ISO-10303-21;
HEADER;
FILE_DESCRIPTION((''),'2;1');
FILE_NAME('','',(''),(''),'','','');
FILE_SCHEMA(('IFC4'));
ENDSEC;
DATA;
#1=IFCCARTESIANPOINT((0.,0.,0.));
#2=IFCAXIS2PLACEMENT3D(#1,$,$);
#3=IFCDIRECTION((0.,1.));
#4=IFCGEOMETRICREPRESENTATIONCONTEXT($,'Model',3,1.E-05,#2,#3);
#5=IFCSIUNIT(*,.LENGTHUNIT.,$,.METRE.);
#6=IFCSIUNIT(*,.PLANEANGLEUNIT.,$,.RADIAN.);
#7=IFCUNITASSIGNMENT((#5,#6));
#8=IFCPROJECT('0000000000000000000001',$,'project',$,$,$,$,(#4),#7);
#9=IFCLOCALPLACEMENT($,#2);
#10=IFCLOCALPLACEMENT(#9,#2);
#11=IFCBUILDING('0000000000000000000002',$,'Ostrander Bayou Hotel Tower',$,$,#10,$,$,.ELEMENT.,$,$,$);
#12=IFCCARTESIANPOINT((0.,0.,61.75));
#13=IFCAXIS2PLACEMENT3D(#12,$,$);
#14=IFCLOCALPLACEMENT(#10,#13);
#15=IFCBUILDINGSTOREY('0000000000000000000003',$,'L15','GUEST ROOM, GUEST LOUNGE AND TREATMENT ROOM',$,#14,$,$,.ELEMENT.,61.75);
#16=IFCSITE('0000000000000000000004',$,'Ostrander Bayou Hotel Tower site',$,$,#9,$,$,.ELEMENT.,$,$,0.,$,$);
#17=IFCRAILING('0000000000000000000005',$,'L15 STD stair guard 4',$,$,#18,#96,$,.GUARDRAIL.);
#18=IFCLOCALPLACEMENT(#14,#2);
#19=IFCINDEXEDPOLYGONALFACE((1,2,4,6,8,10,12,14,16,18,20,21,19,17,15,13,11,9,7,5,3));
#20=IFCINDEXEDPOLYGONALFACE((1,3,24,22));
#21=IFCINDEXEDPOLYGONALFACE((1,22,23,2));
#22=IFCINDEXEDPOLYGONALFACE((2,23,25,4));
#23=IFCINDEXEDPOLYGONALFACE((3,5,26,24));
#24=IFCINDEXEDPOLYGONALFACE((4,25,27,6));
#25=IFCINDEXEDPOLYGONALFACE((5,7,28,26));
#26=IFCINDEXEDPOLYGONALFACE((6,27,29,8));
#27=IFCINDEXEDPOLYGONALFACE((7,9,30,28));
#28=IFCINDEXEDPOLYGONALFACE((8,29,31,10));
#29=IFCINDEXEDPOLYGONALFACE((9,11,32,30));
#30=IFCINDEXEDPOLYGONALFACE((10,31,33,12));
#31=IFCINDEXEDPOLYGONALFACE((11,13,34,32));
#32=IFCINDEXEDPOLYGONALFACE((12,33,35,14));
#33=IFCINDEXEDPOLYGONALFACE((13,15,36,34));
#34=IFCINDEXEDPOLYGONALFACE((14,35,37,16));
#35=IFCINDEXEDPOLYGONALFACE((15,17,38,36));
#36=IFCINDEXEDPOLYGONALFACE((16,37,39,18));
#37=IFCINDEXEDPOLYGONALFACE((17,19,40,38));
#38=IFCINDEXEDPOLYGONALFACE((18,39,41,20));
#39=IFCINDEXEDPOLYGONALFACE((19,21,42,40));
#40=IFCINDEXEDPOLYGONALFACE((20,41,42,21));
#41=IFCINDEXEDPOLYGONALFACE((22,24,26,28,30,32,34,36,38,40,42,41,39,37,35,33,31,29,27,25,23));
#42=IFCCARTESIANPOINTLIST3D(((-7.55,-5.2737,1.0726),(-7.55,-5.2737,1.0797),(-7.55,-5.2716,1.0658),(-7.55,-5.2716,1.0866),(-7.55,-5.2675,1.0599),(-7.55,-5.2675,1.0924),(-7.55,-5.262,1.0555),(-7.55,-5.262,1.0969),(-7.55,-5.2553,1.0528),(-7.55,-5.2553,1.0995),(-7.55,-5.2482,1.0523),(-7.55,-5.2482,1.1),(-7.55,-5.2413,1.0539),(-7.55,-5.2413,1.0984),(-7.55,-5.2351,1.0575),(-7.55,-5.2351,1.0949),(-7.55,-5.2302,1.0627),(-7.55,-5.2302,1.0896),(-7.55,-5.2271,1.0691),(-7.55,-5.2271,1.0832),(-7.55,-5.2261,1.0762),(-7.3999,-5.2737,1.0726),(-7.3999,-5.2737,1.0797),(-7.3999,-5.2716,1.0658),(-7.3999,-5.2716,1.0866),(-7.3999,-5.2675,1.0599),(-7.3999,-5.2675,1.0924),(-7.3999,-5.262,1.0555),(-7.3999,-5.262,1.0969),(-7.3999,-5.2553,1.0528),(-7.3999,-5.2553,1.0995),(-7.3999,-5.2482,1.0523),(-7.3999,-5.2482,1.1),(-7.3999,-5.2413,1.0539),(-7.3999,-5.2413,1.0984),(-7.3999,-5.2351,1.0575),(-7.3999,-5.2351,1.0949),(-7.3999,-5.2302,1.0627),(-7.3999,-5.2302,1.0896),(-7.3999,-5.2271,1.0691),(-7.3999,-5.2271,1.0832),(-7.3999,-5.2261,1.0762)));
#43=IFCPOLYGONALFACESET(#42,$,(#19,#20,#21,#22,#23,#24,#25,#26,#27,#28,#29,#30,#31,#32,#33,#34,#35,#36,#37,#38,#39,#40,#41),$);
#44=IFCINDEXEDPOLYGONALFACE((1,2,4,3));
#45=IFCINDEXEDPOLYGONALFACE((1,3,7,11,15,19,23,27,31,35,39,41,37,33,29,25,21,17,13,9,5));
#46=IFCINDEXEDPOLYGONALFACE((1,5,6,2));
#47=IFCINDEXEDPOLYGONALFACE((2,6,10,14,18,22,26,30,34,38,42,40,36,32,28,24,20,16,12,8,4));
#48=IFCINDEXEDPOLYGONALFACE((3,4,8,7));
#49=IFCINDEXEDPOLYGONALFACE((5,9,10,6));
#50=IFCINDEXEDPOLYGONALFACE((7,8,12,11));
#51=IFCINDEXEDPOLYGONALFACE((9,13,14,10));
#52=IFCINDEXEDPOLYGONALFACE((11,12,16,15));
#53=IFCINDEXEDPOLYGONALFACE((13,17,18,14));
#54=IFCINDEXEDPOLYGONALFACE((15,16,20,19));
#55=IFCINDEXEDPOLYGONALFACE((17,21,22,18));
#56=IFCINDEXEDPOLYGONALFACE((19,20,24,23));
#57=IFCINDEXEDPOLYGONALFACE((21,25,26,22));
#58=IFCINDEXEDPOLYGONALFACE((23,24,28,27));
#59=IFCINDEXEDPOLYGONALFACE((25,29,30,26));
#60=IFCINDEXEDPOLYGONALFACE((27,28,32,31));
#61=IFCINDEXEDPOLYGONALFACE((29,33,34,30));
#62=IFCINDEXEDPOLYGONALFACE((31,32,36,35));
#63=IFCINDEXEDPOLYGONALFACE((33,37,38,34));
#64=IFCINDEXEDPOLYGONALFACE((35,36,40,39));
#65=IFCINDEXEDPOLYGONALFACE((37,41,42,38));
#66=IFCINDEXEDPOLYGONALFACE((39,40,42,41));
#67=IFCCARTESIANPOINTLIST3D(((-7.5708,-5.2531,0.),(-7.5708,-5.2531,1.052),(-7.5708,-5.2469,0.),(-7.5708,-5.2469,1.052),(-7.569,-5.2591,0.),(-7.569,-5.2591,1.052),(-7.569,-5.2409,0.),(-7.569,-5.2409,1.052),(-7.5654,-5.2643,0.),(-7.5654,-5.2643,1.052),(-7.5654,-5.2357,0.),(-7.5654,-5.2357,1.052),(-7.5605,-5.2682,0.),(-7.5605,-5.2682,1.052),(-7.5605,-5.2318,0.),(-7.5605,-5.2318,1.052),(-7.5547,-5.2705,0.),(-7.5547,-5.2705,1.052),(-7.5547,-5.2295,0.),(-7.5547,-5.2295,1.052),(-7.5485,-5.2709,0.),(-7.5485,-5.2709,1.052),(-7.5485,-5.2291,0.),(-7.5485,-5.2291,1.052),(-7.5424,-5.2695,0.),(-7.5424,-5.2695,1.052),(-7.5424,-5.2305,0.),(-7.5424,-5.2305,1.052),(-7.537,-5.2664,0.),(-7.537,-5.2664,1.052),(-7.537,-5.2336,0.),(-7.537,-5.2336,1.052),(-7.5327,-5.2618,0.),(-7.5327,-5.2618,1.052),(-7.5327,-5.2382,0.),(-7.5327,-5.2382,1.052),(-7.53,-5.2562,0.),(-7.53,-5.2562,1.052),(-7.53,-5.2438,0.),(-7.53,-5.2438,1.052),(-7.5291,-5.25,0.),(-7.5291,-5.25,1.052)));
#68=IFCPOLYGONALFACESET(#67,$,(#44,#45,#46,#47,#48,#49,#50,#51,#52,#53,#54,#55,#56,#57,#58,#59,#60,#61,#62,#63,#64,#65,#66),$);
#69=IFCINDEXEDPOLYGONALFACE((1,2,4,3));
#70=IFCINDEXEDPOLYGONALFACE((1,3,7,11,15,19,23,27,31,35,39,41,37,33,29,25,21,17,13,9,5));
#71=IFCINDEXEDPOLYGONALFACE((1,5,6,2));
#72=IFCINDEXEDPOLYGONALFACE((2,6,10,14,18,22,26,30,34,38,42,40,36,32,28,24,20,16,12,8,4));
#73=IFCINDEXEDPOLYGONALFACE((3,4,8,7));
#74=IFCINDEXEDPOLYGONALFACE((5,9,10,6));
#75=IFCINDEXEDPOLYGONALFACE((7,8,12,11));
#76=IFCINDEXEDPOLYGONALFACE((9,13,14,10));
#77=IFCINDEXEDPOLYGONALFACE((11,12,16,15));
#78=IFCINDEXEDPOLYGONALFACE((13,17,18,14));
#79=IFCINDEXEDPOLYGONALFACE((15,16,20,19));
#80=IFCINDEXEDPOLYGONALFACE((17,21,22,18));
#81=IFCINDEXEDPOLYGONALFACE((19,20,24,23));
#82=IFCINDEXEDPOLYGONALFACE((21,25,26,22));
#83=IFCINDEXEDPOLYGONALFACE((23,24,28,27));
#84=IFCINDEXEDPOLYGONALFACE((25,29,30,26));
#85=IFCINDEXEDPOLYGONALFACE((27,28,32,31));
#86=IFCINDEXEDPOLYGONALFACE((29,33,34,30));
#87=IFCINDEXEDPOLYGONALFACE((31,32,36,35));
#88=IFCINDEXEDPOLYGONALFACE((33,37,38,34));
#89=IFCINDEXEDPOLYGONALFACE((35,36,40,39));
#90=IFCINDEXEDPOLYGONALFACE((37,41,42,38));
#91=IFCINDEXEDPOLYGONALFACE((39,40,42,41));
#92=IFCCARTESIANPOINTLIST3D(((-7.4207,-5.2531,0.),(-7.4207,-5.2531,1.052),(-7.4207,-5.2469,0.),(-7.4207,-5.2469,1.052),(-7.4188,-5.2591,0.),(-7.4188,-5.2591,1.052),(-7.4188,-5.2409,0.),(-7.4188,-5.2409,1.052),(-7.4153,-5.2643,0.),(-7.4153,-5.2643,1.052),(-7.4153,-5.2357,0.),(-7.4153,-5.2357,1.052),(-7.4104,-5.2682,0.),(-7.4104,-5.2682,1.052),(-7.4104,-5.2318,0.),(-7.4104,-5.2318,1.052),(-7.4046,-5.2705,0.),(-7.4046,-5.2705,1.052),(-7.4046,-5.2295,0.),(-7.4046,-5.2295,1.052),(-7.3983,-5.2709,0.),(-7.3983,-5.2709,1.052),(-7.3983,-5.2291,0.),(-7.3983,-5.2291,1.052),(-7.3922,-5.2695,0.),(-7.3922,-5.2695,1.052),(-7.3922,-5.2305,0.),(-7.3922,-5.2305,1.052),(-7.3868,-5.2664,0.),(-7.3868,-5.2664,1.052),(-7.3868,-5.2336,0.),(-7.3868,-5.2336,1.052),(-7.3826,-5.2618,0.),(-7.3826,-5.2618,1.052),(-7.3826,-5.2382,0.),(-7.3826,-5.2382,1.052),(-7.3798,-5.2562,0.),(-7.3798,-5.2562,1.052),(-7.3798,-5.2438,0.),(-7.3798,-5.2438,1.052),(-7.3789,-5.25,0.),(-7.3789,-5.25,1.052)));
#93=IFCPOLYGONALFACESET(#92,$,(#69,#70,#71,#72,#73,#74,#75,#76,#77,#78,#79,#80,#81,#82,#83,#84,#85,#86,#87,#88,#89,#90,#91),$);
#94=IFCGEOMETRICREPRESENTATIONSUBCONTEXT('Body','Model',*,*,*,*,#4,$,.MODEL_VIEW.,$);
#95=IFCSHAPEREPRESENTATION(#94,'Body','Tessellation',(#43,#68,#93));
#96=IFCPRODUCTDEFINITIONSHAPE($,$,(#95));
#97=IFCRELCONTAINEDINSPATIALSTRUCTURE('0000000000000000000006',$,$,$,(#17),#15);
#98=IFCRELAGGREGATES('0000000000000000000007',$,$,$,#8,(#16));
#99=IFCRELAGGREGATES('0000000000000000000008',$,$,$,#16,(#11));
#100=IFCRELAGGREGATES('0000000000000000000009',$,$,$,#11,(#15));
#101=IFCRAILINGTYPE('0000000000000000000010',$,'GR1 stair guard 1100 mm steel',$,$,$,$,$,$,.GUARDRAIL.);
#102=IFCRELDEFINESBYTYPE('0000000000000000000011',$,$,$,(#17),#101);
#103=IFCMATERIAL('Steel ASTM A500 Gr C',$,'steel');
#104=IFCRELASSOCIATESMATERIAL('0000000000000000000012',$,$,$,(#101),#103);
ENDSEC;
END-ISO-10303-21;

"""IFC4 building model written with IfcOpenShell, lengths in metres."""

from ifc_helpers import new_model, si_unit, direction, frame, origin, origin_2d, place, context, subcontext, project, spatial, circle, extrude, material, type_object, element, save


model = new_model("IFC4")

# Units and contexts
model_context = context("Model", 3, precision=1e-05, world=origin(), true_north=direction((0.0, 1.0)))
body_context = subcontext(model_context, "Body", "Model", "MODEL_VIEW")
ifc_project = project(units=[si_unit("LENGTHUNIT", "METRE"), si_unit("PLANEANGLEUNIT", "RADIAN")], contexts=[model_context])

# Site, building, storey
site_placement = place(None, origin())
site = spatial("IfcSite", under=ifc_project, at=site_placement, Name="Ostrander Bayou Hotel Tower site", CompositionType="ELEMENT", RefElevation=0.0)
building_placement = place(site_placement, origin())
building = spatial("IfcBuilding", under=site, at=building_placement, Name="Ostrander Bayou Hotel Tower", CompositionType="ELEMENT")
storey_placement = place(building_placement, frame((0.0, 0.0, 61.75)))
storey = spatial("IfcBuildingStorey", under=building, at=storey_placement, Name="L15", Description="GUEST ROOM, GUEST LOUNGE AND TREATMENT ROOM", CompositionType="ELEMENT", Elevation=61.75)

# Railing
ifc_material_1 = material(Name="Steel ASTM A500 Gr C", Category="steel")
railing_type_1 = type_object("IfcRailingType", Name="GR1 stair guard 1100 mm steel", PredefinedType="GUARDRAIL", material=ifc_material_1)
railing_1_placement = place(storey_placement, frame((-7.55, -5.25, 0.0)))
element("IfcRailing", 1, at=railing_1_placement, inside=storey, type_object=railing_type_1, Name="L15 STD stair guard 4", PredefinedType="GUARDRAIL", context=body_context, shape_type="SweptSolid", body=[
    extrude(circle(Radius=0.0239, at=origin_2d()), frame((0.0, 0.0, 1.0762), z_axis=(1.0, 0.0, 0.0), x_axis=(0.0, 1.0, 0.0)), (0.0, 0.0, 1.0), 0.1501),
    extrude(circle(Radius=0.021, at=origin_2d()), origin(), (0.0, 0.0, 1.0), 1.052),
    extrude(circle(Radius=0.021, at=origin_2d()), frame((0.1501, 0.0, 0.0)), (0.0, 0.0, 1.0), 1.052),
])

save(model, "model.ifc")
